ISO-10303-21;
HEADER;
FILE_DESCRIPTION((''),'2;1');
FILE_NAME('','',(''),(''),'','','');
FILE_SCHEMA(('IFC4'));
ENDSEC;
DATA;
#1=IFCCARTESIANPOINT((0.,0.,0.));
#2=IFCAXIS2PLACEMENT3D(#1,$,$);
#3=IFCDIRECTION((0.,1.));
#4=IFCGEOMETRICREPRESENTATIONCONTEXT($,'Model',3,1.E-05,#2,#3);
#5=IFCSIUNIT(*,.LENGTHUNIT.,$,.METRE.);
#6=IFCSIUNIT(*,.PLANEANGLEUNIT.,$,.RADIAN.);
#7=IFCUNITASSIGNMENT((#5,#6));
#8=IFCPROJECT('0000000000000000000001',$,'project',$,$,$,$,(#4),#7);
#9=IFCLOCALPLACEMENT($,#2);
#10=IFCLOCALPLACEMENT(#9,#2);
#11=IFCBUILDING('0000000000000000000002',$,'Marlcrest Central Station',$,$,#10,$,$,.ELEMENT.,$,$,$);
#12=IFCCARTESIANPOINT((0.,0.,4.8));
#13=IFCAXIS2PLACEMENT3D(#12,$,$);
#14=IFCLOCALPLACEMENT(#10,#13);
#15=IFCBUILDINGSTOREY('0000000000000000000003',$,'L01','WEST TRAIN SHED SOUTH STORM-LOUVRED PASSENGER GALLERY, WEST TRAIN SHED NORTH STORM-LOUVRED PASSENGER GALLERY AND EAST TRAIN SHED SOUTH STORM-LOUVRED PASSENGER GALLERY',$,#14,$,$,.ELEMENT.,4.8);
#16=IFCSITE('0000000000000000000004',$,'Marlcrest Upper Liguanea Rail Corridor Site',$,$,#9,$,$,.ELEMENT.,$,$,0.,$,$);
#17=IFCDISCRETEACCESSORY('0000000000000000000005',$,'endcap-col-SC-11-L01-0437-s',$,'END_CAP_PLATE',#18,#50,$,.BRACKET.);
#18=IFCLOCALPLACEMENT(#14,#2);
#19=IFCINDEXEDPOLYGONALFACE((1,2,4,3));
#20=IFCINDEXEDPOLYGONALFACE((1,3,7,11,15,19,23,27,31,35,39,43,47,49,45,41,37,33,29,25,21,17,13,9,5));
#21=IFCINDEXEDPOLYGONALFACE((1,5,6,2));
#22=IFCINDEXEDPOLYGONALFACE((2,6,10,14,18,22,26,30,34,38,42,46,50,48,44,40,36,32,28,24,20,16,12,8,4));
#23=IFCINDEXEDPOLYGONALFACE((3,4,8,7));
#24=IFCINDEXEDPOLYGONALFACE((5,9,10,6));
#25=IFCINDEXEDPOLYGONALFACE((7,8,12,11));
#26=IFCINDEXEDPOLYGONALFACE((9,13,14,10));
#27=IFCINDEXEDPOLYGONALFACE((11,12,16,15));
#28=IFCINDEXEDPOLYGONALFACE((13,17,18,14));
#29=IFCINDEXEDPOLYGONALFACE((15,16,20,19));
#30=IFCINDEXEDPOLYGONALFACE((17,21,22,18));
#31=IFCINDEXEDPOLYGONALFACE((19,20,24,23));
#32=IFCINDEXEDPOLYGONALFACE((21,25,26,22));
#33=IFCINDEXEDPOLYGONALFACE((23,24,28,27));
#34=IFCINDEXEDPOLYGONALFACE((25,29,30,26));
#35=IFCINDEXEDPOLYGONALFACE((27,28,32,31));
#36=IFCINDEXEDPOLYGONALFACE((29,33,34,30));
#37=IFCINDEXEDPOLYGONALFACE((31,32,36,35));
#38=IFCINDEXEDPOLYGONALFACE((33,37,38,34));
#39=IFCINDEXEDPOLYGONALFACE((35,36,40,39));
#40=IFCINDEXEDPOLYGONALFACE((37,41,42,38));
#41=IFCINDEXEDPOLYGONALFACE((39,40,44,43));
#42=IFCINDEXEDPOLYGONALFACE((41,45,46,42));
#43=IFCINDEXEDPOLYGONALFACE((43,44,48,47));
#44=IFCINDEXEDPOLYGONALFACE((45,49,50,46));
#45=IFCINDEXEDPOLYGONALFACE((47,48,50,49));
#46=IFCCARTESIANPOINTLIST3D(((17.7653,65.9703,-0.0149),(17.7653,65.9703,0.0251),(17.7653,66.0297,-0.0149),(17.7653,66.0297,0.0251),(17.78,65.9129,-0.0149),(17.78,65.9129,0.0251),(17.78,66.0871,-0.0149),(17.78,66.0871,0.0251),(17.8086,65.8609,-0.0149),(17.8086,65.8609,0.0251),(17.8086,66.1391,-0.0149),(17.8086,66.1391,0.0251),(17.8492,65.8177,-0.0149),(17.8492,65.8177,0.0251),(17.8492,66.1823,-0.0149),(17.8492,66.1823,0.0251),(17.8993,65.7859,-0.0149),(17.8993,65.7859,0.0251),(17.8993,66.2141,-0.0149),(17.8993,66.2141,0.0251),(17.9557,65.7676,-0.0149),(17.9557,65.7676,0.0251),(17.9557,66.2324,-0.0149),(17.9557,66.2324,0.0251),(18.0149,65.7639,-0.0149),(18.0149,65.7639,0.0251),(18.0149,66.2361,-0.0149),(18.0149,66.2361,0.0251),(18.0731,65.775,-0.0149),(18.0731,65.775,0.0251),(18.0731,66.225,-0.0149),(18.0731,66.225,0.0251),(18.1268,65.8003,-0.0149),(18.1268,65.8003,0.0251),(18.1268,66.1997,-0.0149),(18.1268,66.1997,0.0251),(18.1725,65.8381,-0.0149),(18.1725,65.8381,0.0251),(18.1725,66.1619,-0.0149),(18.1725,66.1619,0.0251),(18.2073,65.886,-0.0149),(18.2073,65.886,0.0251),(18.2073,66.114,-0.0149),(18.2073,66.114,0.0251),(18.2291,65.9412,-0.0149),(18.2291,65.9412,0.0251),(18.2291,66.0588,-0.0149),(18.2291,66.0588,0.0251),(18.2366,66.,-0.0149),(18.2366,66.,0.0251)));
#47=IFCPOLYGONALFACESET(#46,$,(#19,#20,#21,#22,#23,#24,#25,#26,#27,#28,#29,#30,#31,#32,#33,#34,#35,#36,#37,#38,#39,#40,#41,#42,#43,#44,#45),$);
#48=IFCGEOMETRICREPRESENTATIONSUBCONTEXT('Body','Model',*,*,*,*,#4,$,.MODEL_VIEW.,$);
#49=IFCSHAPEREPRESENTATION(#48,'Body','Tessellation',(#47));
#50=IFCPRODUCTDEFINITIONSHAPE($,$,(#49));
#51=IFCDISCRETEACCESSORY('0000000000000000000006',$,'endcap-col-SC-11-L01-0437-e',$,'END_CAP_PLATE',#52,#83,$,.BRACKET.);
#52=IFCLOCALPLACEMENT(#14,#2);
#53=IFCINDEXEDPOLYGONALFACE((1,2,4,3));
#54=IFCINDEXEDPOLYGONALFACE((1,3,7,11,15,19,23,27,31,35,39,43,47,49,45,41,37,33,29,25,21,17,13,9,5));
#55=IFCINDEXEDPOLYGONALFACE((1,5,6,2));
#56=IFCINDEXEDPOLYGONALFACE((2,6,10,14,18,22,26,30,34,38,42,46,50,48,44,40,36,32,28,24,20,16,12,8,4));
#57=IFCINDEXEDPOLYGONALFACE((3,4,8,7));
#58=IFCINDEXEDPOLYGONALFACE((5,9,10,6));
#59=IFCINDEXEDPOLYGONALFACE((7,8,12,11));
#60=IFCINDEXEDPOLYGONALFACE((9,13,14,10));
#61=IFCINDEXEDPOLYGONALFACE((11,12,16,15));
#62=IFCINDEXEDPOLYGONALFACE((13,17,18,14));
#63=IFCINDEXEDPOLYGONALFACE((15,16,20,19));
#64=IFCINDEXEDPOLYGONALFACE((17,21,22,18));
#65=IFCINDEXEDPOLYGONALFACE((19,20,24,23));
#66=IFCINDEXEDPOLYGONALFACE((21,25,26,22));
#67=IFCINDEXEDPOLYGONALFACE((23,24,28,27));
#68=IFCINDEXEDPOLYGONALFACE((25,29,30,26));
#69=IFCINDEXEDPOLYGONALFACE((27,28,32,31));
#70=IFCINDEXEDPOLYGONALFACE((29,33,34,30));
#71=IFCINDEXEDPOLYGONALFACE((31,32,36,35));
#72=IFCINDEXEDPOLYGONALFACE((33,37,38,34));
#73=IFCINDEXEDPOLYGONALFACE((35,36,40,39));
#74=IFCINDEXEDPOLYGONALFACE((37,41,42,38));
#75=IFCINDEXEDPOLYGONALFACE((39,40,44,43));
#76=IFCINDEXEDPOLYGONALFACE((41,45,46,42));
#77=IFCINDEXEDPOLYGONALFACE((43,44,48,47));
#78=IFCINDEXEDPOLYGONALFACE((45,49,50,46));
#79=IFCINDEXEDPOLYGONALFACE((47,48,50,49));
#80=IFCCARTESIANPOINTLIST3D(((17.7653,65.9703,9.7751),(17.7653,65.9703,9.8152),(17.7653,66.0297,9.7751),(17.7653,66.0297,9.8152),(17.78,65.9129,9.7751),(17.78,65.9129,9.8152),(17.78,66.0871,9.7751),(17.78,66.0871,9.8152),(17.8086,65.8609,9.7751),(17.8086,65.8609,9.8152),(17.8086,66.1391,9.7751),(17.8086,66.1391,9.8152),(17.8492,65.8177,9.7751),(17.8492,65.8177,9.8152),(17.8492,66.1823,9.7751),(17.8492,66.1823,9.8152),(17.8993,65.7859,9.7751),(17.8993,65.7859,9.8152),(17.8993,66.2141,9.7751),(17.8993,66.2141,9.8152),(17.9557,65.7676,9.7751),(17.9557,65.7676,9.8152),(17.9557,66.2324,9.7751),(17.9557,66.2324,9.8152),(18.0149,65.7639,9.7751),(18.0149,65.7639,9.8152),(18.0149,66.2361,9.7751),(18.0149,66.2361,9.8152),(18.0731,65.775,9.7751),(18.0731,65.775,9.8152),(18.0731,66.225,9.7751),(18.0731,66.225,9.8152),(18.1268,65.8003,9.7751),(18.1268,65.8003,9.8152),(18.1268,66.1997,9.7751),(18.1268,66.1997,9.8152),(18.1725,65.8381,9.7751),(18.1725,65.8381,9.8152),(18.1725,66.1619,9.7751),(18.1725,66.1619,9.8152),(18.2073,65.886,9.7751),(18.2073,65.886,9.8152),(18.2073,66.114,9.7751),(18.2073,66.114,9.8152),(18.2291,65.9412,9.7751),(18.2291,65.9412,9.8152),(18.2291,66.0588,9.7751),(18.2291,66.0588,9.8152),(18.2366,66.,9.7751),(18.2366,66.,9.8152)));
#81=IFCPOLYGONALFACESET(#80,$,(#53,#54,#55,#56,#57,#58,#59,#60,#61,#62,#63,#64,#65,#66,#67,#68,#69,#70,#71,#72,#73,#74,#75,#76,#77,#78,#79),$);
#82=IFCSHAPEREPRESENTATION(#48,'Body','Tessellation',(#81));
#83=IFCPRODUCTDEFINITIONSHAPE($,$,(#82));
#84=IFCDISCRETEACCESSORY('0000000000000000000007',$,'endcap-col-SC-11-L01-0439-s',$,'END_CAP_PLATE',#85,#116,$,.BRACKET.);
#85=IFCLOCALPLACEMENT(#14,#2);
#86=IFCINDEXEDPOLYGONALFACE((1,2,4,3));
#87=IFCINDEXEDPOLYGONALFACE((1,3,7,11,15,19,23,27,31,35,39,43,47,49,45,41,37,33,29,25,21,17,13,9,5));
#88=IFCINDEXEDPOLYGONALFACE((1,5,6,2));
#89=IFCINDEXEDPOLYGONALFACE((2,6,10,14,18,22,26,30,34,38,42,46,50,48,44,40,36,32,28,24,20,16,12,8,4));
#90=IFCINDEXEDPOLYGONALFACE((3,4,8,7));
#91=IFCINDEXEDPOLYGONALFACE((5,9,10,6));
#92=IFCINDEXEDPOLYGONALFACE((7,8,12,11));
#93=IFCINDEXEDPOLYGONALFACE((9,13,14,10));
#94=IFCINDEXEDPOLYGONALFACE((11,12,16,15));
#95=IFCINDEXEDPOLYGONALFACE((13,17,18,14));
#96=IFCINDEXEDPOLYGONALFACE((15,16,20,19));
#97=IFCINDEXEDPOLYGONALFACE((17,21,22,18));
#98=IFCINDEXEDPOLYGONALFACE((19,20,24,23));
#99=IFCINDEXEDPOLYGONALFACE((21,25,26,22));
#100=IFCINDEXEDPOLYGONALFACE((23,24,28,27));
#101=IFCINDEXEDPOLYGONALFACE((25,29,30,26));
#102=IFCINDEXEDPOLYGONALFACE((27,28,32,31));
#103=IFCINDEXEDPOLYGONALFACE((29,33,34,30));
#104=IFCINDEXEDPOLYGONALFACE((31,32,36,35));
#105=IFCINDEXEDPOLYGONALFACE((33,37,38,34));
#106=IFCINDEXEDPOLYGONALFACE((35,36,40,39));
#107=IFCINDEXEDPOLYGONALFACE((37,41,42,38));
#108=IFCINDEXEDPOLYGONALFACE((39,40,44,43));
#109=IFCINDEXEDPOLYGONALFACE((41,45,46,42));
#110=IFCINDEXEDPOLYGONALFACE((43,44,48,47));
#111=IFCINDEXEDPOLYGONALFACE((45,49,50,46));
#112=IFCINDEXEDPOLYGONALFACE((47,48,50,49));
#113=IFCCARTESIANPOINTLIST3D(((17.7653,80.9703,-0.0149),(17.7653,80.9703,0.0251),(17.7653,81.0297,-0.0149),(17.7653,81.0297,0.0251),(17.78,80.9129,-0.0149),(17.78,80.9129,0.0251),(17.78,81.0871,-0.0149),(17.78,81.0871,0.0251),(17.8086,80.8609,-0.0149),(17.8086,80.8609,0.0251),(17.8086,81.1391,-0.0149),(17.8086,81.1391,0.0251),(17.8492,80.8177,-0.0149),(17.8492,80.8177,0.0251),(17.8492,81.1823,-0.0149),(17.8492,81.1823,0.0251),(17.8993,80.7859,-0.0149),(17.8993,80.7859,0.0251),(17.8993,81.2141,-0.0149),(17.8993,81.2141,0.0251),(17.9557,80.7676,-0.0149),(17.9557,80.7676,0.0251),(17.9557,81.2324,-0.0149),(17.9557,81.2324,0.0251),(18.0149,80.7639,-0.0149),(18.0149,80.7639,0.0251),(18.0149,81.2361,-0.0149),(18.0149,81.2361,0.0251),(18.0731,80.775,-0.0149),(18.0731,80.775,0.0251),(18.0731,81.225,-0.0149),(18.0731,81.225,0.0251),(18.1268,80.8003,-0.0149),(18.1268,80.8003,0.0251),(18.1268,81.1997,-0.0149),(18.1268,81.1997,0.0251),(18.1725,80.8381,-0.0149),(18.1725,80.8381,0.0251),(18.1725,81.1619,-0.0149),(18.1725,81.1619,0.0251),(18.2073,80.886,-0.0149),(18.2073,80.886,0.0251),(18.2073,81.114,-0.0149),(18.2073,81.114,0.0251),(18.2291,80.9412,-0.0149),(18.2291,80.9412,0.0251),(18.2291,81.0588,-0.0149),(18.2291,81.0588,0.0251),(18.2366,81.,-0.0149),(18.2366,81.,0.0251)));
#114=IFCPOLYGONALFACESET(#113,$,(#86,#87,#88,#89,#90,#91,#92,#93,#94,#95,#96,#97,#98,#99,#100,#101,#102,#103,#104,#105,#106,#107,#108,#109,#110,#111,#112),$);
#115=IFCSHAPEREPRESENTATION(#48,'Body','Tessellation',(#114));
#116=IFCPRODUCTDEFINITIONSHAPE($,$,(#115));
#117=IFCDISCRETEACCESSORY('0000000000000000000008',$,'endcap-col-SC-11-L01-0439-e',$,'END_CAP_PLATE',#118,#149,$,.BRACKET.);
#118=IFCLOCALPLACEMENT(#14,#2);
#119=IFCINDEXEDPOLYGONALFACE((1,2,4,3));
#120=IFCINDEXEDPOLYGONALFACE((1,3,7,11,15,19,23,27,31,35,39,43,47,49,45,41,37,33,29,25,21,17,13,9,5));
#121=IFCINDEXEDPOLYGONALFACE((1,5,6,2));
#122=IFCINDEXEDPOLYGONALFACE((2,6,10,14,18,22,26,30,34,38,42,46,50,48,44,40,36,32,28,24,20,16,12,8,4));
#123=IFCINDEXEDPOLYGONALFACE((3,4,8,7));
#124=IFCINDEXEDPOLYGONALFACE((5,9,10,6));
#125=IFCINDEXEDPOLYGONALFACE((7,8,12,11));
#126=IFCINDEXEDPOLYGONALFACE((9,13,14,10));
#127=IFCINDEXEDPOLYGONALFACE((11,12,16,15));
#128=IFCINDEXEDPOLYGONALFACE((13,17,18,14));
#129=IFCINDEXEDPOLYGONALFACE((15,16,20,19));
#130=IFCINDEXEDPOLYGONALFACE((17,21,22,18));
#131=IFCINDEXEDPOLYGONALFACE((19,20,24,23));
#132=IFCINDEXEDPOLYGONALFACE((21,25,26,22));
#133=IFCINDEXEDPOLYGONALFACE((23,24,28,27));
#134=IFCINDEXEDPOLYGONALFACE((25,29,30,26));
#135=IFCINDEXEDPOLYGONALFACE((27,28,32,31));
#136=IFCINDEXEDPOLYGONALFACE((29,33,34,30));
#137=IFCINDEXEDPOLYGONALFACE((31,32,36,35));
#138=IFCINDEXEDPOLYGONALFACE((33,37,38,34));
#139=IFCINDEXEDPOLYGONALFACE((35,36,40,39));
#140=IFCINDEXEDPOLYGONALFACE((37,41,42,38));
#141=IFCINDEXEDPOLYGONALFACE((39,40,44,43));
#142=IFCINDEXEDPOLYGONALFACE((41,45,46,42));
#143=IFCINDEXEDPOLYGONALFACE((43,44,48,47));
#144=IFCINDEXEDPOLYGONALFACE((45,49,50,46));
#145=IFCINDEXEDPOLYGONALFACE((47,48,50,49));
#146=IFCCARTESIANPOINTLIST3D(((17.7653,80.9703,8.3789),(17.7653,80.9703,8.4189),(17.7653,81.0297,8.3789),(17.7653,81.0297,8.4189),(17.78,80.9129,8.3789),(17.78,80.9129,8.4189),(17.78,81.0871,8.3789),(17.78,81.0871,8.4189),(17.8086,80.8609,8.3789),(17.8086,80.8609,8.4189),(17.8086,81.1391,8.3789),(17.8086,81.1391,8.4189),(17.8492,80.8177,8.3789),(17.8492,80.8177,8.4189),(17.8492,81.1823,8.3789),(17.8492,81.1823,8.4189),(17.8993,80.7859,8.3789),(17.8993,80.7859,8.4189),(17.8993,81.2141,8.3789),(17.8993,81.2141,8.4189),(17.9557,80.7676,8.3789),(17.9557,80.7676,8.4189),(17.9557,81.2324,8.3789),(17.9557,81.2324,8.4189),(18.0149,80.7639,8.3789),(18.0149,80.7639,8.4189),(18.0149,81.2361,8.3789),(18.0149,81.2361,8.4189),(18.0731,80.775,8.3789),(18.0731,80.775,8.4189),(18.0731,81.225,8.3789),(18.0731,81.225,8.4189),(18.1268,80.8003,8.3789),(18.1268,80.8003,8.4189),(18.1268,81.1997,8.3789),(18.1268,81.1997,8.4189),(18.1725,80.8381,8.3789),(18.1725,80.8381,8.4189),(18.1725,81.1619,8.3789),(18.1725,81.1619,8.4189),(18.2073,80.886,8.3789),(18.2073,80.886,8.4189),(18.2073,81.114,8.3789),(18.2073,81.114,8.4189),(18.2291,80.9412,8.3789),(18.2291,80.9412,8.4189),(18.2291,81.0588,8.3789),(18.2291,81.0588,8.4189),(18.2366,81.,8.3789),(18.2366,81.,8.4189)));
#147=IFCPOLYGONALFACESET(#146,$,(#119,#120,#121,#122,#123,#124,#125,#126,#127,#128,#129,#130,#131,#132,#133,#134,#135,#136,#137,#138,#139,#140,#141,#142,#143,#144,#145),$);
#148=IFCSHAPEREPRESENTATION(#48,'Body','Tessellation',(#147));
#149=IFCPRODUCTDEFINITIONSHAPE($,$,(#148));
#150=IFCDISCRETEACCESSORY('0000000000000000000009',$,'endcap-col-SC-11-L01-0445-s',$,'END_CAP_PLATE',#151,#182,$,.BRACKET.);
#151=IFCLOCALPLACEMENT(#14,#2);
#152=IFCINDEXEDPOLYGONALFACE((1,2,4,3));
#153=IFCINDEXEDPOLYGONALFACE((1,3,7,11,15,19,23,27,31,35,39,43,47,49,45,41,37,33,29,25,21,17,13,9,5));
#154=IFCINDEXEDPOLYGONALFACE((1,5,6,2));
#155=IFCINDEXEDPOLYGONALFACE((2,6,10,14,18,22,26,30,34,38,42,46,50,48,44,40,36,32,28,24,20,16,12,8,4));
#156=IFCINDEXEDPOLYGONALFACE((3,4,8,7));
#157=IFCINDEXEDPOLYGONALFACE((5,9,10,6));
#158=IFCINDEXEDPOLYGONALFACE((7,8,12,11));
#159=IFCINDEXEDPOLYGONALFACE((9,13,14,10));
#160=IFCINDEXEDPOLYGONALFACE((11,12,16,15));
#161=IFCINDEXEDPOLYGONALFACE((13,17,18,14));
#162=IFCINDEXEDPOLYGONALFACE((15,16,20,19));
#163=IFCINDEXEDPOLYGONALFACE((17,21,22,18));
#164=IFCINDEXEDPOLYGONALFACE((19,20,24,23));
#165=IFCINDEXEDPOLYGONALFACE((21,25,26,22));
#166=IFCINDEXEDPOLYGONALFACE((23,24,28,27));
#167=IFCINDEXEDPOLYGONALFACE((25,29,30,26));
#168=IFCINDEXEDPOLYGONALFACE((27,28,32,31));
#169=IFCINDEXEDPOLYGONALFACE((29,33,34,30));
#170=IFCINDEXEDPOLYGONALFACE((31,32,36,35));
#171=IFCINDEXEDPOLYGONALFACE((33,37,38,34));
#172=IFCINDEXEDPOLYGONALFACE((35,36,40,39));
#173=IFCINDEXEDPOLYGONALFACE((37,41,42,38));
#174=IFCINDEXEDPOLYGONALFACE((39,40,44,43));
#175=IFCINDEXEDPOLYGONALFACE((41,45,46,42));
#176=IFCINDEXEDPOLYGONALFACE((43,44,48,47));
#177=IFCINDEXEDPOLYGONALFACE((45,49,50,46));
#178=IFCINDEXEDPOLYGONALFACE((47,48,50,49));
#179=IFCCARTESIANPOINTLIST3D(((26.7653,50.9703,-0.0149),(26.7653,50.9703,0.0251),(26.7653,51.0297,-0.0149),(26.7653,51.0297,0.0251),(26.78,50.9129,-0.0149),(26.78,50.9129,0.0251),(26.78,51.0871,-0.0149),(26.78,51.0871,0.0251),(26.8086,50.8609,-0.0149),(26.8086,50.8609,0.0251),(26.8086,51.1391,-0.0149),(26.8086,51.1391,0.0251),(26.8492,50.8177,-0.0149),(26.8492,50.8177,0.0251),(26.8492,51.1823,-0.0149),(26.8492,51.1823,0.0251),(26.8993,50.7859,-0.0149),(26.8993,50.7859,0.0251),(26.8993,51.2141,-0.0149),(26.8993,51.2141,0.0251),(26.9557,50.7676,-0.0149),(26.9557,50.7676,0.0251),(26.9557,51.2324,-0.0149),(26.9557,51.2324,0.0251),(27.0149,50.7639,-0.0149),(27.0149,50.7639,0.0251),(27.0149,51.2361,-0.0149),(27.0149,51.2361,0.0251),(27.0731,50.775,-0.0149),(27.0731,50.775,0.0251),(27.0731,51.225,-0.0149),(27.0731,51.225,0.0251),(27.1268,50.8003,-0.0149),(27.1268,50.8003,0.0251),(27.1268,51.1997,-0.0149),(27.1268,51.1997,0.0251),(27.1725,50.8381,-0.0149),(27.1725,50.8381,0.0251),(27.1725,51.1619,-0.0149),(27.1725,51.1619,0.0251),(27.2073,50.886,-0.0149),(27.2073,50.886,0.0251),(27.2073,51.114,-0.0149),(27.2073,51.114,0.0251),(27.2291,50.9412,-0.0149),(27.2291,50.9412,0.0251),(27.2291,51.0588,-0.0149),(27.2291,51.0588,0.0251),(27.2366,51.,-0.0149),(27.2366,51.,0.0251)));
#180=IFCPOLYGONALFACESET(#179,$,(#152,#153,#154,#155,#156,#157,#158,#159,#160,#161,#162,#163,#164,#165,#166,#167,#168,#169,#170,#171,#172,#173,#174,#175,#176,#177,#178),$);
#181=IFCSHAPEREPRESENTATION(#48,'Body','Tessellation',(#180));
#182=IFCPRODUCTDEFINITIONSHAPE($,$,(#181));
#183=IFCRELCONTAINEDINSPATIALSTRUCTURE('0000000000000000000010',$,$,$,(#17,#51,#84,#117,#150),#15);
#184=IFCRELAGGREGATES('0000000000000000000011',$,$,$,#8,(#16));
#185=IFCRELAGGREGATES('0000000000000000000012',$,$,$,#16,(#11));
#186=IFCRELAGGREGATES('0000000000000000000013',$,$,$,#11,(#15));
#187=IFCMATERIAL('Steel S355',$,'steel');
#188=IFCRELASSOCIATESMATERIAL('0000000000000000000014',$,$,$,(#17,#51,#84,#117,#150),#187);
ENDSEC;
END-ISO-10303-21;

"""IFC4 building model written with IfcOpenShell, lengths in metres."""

from ifc_helpers import new_model, si_unit, direction, frame, origin, origin_2d, place, context, subcontext, project, spatial, circle, extrude, material, element, save


model = new_model("IFC4")

# Units and contexts
model_context = context("Model", 3, precision=1e-05, world=origin(), true_north=direction((0.0, 1.0)))
body_context = subcontext(model_context, "Body", "Model", "MODEL_VIEW")
ifc_project = project(units=[si_unit("LENGTHUNIT", "METRE"), si_unit("PLANEANGLEUNIT", "RADIAN")], contexts=[model_context])

# Site, building, storey
site_placement = place(None, origin())
site = spatial("IfcSite", under=ifc_project, at=site_placement, Name="Marlcrest Upper Liguanea Rail Corridor Site", CompositionType="ELEMENT", RefElevation=0.0)
building_placement = place(site_placement, origin())
building = spatial("IfcBuilding", under=site, at=building_placement, Name="Marlcrest Central Station", CompositionType="ELEMENT")
storey_placement = place(building_placement, frame((0.0, 0.0, 4.8)))
storey = spatial("IfcBuildingStorey", under=building, at=storey_placement, Name="L01", Description="WEST TRAIN SHED SOUTH STORM-LOUVRED PASSENGER GALLERY, WEST TRAIN SHED NORTH STORM-LOUVRED PASSENGER GALLERY AND EAST TRAIN SHED SOUTH STORM-LOUVRED PASSENGER GALLERY", CompositionType="ELEMENT", Elevation=4.8)

# Shared definitions
ifc_material = material(Name="Steel S355", Category="steel")

# Discrete accessories
for number, where, z_axis, x_axis, name in (
    (1, (18.0, 66.0, -0.0149), (0.0, 0.0, 1.0), (1.0, 0.0, 0.0), "endcap-col-SC-11-L01-0437-s"),
    (2, (18.0, 66.0, 9.7751), (0.0, 0.0, 1.0), (1.0, 0.0, 0.0), "endcap-col-SC-11-L01-0437-e"),
    (3, (18.0, 81.0, -0.0149), (0.0, 0.0, 1.0), (1.0, 0.0, 0.0), "endcap-col-SC-11-L01-0439-s"),
    (4, (18.0, 81.0, 8.3789), (0.0, 0.0, 1.0), (1.0, 0.0, 0.0), "endcap-col-SC-11-L01-0439-e"),
    (5, (27.0, 51.0, -0.0149), (0.0, 0.0, 1.0), (1.0, 0.0, 0.0), "endcap-col-SC-11-L01-0445-s"),
):
    element("IfcDiscreteAccessory", number, at=place(storey_placement, frame(where, z_axis=z_axis, x_axis=x_axis)), inside=storey, material=ifc_material, Name=name, ObjectType="END_CAP_PLATE", PredefinedType="BRACKET", context=body_context, shape_type="SweptSolid", body=[
        extrude(circle(Radius=0.2366, at=origin_2d()), origin(), (0.0, 0.0, 1.0), 0.04),
    ])

save(model, "model.ifc")
